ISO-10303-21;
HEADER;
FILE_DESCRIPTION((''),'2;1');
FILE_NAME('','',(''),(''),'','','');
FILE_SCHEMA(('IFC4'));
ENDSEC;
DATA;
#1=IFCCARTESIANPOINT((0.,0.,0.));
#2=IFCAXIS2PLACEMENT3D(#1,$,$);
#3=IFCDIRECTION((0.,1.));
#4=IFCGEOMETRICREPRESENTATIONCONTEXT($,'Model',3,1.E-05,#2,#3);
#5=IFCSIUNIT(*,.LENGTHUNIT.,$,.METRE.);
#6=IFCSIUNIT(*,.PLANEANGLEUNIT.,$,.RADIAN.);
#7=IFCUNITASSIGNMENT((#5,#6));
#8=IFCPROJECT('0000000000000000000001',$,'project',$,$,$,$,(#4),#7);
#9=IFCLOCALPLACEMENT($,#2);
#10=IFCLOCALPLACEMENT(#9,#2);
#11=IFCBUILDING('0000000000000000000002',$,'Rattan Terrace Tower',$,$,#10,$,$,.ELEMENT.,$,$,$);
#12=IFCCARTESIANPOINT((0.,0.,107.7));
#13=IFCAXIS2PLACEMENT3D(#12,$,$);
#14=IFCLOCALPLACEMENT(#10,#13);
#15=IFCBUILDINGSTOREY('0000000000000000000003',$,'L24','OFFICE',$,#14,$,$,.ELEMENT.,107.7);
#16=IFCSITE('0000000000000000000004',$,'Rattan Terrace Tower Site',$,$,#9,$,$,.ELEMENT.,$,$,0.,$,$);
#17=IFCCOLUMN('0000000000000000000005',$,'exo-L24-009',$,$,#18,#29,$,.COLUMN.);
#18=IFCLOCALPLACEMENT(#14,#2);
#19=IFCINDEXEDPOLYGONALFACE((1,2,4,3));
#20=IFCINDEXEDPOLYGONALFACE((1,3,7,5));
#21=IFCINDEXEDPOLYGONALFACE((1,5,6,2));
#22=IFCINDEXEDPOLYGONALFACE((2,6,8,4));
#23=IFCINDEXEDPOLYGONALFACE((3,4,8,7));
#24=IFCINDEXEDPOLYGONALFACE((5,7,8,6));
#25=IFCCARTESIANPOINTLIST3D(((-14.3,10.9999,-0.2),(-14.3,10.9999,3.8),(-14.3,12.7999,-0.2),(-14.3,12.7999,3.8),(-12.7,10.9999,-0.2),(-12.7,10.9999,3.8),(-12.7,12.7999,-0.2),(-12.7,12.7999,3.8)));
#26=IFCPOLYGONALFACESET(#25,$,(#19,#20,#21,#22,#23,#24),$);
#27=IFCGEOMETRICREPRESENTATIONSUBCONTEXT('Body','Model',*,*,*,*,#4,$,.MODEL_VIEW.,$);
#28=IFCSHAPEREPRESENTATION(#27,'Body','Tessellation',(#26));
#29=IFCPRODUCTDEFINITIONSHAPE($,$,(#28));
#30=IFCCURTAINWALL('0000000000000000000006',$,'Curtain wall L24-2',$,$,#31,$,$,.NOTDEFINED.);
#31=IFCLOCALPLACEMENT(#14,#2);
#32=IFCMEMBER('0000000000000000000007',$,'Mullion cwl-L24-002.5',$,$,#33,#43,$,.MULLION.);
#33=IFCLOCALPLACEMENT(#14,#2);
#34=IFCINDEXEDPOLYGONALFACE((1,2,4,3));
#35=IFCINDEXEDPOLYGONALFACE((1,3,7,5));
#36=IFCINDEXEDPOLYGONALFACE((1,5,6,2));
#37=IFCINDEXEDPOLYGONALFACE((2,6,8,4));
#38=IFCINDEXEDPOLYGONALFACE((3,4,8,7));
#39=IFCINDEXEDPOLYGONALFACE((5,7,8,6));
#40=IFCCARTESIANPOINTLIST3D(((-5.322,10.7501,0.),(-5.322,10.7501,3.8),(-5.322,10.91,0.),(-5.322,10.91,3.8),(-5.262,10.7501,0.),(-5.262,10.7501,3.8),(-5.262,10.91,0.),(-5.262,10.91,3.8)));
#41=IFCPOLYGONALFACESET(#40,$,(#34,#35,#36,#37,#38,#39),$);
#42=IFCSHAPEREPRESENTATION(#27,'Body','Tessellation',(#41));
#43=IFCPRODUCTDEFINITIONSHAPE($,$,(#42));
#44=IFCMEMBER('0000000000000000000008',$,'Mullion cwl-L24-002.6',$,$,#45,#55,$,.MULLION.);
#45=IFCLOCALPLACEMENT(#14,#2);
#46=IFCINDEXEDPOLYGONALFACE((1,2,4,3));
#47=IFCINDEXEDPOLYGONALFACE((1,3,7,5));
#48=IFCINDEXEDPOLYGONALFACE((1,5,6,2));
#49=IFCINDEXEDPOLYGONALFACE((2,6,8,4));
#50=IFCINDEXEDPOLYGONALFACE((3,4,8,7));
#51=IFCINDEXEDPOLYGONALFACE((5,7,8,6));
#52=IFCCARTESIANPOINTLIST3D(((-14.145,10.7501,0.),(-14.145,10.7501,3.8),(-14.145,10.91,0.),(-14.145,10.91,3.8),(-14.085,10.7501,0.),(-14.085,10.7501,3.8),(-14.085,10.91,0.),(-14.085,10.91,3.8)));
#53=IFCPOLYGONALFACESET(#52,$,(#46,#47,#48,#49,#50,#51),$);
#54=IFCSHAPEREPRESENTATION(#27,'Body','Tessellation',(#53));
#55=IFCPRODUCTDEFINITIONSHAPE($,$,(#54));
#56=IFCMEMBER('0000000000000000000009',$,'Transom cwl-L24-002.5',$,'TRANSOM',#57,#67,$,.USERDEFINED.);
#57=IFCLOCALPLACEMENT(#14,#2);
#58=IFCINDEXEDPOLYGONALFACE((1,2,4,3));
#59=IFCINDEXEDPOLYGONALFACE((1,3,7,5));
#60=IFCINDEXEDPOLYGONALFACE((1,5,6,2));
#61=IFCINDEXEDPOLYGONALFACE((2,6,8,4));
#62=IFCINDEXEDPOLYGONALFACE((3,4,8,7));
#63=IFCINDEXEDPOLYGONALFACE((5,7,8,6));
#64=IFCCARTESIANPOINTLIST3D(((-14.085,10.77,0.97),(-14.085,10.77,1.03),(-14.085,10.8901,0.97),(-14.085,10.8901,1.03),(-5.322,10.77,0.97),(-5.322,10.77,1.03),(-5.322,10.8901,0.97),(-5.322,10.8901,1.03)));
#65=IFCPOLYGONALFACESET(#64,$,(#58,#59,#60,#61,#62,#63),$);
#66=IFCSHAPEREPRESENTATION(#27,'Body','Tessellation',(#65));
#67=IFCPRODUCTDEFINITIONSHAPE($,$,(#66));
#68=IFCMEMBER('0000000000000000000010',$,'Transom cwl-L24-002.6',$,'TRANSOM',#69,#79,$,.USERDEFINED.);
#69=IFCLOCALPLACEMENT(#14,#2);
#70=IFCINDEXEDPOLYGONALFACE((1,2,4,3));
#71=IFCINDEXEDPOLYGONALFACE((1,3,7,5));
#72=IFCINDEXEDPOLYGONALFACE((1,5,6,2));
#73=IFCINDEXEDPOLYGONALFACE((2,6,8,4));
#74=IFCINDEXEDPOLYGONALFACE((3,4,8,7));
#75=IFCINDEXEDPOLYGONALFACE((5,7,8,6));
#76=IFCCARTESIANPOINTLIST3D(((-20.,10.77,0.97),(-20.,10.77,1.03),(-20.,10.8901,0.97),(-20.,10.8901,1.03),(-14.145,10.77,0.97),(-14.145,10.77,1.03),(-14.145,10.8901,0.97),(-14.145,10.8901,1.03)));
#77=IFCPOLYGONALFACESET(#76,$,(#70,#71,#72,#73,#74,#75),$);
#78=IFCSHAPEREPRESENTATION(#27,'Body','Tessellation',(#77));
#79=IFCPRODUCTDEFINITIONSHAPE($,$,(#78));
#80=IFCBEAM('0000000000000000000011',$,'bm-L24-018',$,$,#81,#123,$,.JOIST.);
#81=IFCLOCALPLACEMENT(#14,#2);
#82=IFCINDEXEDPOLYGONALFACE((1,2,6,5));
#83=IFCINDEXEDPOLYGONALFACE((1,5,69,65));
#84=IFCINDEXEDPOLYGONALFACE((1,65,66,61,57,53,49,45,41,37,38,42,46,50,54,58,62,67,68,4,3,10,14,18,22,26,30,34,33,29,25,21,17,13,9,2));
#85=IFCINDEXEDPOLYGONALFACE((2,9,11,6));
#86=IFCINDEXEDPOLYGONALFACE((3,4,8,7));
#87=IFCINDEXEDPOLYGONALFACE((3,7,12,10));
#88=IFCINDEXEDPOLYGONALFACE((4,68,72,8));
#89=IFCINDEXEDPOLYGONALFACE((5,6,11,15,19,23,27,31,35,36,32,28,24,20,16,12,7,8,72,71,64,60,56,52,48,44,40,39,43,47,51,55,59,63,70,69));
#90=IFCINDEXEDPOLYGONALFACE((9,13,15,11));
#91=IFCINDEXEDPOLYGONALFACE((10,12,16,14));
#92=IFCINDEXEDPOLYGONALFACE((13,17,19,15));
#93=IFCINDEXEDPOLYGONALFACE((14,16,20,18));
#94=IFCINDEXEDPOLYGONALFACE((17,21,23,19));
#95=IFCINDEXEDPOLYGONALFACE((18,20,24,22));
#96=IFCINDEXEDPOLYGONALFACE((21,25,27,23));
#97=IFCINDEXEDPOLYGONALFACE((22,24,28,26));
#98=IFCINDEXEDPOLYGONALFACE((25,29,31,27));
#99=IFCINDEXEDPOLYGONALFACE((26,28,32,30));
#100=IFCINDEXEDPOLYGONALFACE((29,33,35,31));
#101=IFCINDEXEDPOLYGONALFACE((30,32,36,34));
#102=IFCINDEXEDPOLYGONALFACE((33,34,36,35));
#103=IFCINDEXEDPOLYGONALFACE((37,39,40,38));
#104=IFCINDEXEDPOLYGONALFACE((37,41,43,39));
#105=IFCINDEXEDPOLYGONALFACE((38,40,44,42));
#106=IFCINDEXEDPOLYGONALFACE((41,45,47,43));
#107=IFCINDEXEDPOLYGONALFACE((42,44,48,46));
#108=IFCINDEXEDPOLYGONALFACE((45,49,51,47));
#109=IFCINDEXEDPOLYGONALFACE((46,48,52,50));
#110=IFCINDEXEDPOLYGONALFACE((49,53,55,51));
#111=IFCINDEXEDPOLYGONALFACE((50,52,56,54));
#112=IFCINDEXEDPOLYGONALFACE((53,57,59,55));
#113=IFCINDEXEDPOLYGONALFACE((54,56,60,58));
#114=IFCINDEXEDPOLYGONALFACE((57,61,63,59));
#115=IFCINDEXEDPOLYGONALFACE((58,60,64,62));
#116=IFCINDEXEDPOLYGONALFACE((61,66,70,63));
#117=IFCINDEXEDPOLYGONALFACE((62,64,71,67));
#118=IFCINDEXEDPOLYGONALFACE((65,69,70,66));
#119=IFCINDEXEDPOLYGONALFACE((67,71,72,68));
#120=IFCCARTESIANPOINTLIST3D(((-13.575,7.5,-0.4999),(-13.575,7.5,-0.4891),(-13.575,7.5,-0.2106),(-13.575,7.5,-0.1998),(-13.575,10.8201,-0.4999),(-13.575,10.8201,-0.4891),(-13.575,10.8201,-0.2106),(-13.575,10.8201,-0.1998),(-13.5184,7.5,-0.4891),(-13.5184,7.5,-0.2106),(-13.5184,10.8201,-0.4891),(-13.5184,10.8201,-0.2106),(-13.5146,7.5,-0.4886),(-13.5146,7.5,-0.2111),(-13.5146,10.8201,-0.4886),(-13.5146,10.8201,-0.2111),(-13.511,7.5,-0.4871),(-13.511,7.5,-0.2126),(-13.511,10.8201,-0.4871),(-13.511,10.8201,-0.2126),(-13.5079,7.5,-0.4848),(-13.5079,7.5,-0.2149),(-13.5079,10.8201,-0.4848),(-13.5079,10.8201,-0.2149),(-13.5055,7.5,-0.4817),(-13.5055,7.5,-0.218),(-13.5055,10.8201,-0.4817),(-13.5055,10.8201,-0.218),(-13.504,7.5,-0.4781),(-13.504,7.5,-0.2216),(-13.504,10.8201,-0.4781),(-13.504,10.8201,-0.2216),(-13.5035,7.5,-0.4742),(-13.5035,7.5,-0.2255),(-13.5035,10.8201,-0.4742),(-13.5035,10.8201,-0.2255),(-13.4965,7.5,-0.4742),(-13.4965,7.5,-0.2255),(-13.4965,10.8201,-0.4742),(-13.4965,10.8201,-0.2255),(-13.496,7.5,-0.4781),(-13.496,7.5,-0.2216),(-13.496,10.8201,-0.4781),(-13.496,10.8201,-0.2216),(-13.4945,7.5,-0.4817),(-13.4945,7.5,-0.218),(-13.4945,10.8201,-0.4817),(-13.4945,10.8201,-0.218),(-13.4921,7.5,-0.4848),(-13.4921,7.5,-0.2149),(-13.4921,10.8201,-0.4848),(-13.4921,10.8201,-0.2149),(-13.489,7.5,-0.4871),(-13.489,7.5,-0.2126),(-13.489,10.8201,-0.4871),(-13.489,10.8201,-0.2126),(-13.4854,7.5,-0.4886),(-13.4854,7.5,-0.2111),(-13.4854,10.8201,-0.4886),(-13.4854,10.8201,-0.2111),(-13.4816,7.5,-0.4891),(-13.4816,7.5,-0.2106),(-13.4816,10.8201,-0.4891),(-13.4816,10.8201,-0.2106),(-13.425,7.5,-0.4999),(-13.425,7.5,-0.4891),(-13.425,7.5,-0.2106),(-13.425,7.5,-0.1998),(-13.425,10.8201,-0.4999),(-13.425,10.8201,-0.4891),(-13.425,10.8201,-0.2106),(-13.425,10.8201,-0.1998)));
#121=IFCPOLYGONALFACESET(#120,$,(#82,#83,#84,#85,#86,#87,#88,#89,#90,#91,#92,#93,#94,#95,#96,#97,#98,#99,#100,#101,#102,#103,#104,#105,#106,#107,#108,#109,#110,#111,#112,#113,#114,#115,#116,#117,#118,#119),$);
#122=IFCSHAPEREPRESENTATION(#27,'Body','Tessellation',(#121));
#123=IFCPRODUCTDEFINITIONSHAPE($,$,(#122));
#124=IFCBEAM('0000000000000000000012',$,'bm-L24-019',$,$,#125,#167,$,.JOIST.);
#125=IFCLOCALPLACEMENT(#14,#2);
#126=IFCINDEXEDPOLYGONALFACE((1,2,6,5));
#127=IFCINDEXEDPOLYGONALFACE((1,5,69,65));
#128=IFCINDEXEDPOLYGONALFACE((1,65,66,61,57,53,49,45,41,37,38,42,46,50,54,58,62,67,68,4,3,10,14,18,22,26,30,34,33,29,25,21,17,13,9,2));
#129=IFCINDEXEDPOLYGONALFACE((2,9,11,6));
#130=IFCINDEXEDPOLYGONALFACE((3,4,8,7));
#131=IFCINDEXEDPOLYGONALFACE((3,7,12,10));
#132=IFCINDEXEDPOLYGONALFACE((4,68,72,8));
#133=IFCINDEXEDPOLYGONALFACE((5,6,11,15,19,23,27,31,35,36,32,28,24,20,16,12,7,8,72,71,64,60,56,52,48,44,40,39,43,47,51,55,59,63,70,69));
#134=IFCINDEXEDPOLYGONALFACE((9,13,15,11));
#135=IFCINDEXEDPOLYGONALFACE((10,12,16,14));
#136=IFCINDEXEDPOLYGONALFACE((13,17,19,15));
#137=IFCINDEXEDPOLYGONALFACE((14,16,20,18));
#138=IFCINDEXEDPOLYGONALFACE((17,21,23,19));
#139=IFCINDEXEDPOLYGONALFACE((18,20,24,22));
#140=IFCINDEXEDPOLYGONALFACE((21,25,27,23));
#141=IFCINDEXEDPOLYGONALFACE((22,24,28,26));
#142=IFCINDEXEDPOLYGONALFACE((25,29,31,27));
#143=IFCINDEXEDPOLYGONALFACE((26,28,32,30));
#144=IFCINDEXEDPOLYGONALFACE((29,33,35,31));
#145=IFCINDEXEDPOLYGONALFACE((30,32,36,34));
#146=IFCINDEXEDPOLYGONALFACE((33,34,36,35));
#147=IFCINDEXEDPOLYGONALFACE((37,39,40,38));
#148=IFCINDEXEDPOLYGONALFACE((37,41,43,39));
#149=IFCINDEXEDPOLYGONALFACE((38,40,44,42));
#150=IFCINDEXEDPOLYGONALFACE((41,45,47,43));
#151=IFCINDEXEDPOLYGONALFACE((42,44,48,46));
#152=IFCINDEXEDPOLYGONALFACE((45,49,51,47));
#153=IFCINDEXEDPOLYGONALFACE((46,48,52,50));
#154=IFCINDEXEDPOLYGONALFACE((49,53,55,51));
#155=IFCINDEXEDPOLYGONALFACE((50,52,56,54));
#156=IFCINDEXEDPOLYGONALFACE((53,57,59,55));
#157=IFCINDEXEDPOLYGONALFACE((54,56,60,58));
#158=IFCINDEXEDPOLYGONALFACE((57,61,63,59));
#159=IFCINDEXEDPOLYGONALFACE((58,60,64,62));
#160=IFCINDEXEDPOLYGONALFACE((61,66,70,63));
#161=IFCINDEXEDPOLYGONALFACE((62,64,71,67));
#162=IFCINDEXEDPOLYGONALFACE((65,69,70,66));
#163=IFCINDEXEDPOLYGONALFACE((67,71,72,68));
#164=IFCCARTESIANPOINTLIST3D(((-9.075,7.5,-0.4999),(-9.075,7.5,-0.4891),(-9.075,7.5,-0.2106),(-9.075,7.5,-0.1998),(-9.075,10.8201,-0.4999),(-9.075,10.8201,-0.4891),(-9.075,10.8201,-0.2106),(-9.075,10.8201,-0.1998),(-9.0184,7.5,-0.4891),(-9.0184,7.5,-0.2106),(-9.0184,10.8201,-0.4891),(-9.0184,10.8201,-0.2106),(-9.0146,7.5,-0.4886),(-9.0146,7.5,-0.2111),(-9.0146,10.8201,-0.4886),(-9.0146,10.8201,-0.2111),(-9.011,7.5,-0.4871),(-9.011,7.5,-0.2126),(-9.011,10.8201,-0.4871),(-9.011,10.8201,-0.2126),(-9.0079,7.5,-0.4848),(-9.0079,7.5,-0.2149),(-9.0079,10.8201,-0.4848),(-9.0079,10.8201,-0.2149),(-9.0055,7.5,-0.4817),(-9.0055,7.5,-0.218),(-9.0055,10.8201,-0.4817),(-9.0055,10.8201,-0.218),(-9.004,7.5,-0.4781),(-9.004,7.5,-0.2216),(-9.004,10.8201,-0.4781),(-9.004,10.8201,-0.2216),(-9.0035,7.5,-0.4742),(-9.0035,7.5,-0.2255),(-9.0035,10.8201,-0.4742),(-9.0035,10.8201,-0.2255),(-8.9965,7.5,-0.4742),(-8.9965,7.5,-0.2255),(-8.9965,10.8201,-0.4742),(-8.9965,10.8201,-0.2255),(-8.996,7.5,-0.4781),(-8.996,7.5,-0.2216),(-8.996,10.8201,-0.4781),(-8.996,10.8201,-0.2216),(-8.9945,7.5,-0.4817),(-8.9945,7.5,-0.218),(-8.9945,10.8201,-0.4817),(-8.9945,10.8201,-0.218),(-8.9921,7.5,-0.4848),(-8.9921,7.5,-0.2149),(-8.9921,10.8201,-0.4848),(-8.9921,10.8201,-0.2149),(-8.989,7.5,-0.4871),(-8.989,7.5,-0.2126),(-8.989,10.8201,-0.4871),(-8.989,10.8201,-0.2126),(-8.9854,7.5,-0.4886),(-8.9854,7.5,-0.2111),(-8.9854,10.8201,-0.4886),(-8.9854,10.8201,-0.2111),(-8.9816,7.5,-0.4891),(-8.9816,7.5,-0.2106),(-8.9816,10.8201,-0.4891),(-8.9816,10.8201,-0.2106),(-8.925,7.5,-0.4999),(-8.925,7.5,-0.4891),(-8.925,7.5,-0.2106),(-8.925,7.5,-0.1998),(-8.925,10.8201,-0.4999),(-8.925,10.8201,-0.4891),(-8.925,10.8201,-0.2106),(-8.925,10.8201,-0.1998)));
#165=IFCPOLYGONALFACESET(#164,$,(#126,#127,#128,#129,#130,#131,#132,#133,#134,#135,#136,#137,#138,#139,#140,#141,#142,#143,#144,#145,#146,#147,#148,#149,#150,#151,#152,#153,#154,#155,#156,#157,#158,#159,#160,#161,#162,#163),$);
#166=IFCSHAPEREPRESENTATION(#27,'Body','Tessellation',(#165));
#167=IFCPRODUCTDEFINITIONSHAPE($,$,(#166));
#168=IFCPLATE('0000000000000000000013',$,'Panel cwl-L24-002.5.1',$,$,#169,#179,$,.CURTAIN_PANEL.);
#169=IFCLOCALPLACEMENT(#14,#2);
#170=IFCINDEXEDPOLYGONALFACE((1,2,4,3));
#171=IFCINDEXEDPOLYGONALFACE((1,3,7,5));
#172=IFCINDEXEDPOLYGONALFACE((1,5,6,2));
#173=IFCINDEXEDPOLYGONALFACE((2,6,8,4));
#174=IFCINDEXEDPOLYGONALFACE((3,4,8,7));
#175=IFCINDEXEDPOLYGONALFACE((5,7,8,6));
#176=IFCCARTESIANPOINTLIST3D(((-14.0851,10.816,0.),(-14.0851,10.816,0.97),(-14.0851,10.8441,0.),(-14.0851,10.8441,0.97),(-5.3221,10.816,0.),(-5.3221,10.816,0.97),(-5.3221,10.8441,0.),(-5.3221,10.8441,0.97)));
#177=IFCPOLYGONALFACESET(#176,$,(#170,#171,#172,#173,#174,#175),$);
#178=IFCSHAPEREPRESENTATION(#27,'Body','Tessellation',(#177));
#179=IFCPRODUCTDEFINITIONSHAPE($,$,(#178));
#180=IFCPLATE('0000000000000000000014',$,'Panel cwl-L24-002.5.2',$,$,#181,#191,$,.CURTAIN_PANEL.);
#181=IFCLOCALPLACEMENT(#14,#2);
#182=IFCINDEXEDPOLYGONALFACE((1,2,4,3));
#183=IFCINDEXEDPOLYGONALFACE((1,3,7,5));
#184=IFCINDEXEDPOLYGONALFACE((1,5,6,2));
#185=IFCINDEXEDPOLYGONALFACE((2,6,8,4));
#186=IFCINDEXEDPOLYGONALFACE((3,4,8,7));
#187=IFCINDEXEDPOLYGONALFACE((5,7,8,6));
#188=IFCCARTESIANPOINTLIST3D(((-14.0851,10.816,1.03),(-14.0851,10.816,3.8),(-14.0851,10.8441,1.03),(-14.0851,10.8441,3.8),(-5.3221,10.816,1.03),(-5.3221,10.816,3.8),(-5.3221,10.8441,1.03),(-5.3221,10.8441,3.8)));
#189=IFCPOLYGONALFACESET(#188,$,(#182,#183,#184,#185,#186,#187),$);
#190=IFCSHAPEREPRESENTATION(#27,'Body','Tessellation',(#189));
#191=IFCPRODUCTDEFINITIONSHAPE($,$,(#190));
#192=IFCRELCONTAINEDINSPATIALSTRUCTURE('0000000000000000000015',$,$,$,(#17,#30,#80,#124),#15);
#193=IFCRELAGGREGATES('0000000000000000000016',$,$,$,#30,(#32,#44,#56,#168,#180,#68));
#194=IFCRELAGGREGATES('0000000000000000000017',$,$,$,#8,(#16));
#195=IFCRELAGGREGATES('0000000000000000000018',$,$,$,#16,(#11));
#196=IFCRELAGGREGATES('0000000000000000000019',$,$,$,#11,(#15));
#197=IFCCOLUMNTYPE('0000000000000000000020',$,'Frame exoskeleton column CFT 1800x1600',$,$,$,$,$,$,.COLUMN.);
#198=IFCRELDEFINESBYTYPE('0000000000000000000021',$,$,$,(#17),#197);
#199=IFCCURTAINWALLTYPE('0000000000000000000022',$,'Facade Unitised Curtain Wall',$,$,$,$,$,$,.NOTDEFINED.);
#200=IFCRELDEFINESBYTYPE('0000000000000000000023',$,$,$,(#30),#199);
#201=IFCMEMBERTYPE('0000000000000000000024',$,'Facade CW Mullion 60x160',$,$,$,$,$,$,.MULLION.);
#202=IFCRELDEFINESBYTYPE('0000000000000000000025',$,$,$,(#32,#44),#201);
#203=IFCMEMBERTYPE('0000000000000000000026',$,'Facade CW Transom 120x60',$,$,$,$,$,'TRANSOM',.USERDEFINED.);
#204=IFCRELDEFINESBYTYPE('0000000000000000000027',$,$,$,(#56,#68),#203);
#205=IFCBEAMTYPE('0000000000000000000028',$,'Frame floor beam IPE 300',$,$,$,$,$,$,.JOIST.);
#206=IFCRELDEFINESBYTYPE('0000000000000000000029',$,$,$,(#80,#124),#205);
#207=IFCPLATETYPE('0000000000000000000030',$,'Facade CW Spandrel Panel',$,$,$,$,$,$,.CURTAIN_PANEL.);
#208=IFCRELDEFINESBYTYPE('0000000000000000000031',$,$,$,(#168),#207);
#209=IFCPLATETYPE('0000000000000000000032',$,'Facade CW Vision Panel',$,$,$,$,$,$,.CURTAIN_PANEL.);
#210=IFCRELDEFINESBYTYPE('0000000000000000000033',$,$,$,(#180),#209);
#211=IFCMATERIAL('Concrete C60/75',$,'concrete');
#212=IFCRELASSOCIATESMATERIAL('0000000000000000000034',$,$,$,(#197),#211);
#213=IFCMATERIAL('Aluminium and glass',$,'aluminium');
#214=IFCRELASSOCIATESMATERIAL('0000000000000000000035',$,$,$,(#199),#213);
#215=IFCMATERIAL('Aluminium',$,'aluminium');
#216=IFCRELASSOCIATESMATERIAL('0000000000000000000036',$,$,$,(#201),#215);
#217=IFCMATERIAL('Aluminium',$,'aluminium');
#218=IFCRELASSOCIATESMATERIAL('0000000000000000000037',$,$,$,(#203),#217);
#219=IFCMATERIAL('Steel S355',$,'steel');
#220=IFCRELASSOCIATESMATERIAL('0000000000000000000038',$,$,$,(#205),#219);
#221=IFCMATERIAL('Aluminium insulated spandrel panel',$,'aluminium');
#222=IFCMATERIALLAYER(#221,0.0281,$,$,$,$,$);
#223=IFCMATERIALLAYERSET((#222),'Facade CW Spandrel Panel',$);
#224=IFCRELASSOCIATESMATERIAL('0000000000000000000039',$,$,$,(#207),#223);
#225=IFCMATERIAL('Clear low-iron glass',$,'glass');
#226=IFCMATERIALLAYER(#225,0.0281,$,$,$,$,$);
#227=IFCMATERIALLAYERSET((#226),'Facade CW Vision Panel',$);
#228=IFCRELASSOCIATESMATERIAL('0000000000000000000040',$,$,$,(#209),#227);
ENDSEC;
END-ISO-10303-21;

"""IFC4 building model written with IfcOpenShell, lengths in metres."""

from ifc_helpers import new_model, si_unit, direction, frame, origin, origin_2d, place, context, subcontext, project, spatial, rectangle, i_section, extrude, material, layer, layer_set, material_profile, profile_set, type_object, element, aggregate, save


model = new_model("IFC4")

# Units and contexts
model_context = context("Model", 3, precision=1e-05, world=origin(), true_north=direction((0.0, 1.0)))
body_context = subcontext(model_context, "Body", "Model", "MODEL_VIEW")
ifc_project = project(units=[si_unit("LENGTHUNIT", "METRE"), si_unit("PLANEANGLEUNIT", "RADIAN")], contexts=[model_context])

# Site, building, storey
site_placement = place(None, origin())
site = spatial("IfcSite", under=ifc_project, at=site_placement, Name="Rattan Terrace Tower Site", CompositionType="ELEMENT", RefElevation=0.0)
building_placement = place(site_placement, origin())
building = spatial("IfcBuilding", under=site, at=building_placement, Name="Rattan Terrace Tower", CompositionType="ELEMENT")
storey_placement = place(building_placement, frame((0.0, 0.0, 107.7)))
storey = spatial("IfcBuildingStorey", under=building, at=storey_placement, Name="L24", Description="OFFICE", CompositionType="ELEMENT", Elevation=107.7)

# Column
ifc_material_1 = material(Name="Concrete C60/75", Category="concrete")
ifc_material_profile_1 = material_profile(ifc_material_1, rectangle(XDim=1.6001, YDim=1.8, at=origin_2d()), Name="CFT 1800x1600")
ifc_profile_set_1 = profile_set([ifc_material_profile_1], Name="Concrete C60/75")
column_type = type_object("IfcColumnType", Name="Frame exoskeleton column CFT 1800x1600", PredefinedType="COLUMN", material=ifc_profile_set_1)
column_placement = place(storey_placement, frame((-13.5, 11.8999, -0.2), z_axis=(0.0, 0.0, 1.0), x_axis=(1.0, 0.0, 0.0)))
element("IfcColumn", 1, at=column_placement, inside=storey, type_object=column_type, Name="exo-L24-009", PredefinedType="COLUMN", context=body_context, shape_type="SweptSolid", body=[
    extrude(rectangle(XDim=1.6001, YDim=1.8, at=origin_2d()), origin(), (0.0, 0.0, 1.0), 4.0),
])

# Curtain wall, members
ifc_material_2 = material(Name="Aluminium and glass", Category="aluminium")
curtain_wall_type = type_object("IfcCurtainWallType", Name="Facade Unitised Curtain Wall", PredefinedType="NOTDEFINED", material=ifc_material_2)
curtain_wall_placement = place(storey_placement, origin())
curtain_wall = element("IfcCurtainWall", 2, at=curtain_wall_placement, inside=storey, type_object=curtain_wall_type, Name="Curtain wall L24-2", PredefinedType="NOTDEFINED")
ifc_material_3 = material(Name="Aluminium", Category="aluminium")
ifc_material_profile_2 = material_profile(ifc_material_3, rectangle(XDim=0.0601, YDim=0.1599, at=origin_2d()), Name="Aluminium 60x160")
ifc_profile_set_2 = profile_set([ifc_material_profile_2], Name="Aluminium")
member_type_1 = type_object("IfcMemberType", Name="Facade CW Mullion 60x160", PredefinedType="MULLION", material=ifc_profile_set_2)
member_1_placement = place(storey_placement, frame((-5.292, 10.8301, 0.0), z_axis=(0.0, 0.0, 1.0), x_axis=(-1.0, 0.0, 0.0)))
member_1 = element("IfcMember", 3, at=member_1_placement, type_object=member_type_1, Name="Mullion cwl-L24-002.5", PredefinedType="MULLION", context=body_context, shape_type="SweptSolid", body=[
    extrude(rectangle(XDim=0.0601, YDim=0.1599, at=origin_2d()), origin(), (0.0, 0.0, 1.0), 3.8),
])
member_2_placement = place(storey_placement, frame((-14.115, 10.8301, 0.0), z_axis=(0.0, 0.0, 1.0), x_axis=(-1.0, 0.0, 0.0)))
member_2 = element("IfcMember", 4, at=member_2_placement, type_object=member_type_1, Name="Mullion cwl-L24-002.6", PredefinedType="MULLION", context=body_context, shape_type="SweptSolid", body=[
    extrude(rectangle(XDim=0.0601, YDim=0.1599, at=origin_2d()), origin(), (0.0, 0.0, 1.0), 3.8),
])
ifc_material_4 = material(Name="Aluminium", Category="aluminium")
ifc_material_profile_3 = material_profile(ifc_material_4, rectangle(XDim=0.1201, YDim=0.0601, at=origin_2d()), Name="Aluminium 120x60")
ifc_profile_set_3 = profile_set([ifc_material_profile_3], Name="Aluminium")
member_type_2 = type_object("IfcMemberType", Name="Facade CW Transom 120x60", ElementType="TRANSOM", PredefinedType="USERDEFINED", material=ifc_profile_set_3)
member_3_placement = place(storey_placement, frame((-5.322, 10.8301, 1.0), z_axis=(-1.0, 0.0, 0.0), x_axis=(0.0, -1.0, 0.0)))
member_3 = element("IfcMember", 5, at=member_3_placement, type_object=member_type_2, Name="Transom cwl-L24-002.5", ObjectType="TRANSOM", PredefinedType="USERDEFINED", context=body_context, shape_type="SweptSolid", body=[
    extrude(rectangle(XDim=0.1201, YDim=0.0601, at=origin_2d()), origin(), (0.0, 0.0, 1.0), 8.7629),
])
member_4_placement = place(storey_placement, frame((-14.145, 10.8301, 1.0), z_axis=(-1.0, 0.0, 0.0), x_axis=(0.0, -1.0, 0.0)))
member_4 = element("IfcMember", 6, at=member_4_placement, type_object=member_type_2, Name="Transom cwl-L24-002.6", ObjectType="TRANSOM", PredefinedType="USERDEFINED", context=body_context, shape_type="SweptSolid", body=[
    extrude(rectangle(XDim=0.1201, YDim=0.0601, at=origin_2d()), origin(), (0.0, 0.0, 1.0), 5.855),
])

# Beams
ifc_material_5 = material(Name="Steel S355", Category="steel")
ifc_material_profile_4 = material_profile(ifc_material_5, i_section(OverallWidth=0.1499, OverallDepth=0.3, WebThickness=0.0071, FlangeThickness=0.0107, FilletRadius=0.0149, at=origin_2d()), Name="IPE 300")
ifc_profile_set_4 = profile_set([ifc_material_profile_4], Name="Steel S355")
beam_type = type_object("IfcBeamType", Name="Frame floor beam IPE 300", PredefinedType="JOIST", material=ifc_profile_set_4)
for number, where, z_axis, x_axis, name in (
    (7, (-13.5, 7.5, -0.3499), (0.0, 1.0, 0.0), (-1.0, 0.0, 0.0), "bm-L24-018"),
    (8, (-9.0, 7.5, -0.3499), (0.0, 1.0, 0.0), (-1.0, 0.0, 0.0), "bm-L24-019"),
):
    element("IfcBeam", number, at=place(storey_placement, frame(where, z_axis=z_axis, x_axis=x_axis)), inside=storey, type_object=beam_type, Name=name, PredefinedType="JOIST", context=body_context, shape_type="SweptSolid", body=[
        extrude(i_section(OverallWidth=0.1499, OverallDepth=0.3, WebThickness=0.0071, FlangeThickness=0.0107, FilletRadius=0.0149, at=origin_2d()), origin(), (0.0, 0.0, 1.0), 3.3201),
    ])

# Plates
ifc_material_6 = material(Name="Aluminium insulated spandrel panel", Category="aluminium")
ifc_layer_1 = layer(ifc_material_6, 0.0281)
ifc_layer_set_1 = layer_set([ifc_layer_1], Name="Facade CW Spandrel Panel")
plate_type_1 = type_object("IfcPlateType", Name="Facade CW Spandrel Panel", PredefinedType="CURTAIN_PANEL", material=ifc_layer_set_1)
plate_1_placement = place(storey_placement, frame((-9.7036, 10.8301, 0.0), z_axis=(0.0, 0.0, 1.0), x_axis=(-1.0, 0.0, 0.0)))
plate_1 = element("IfcPlate", 9, at=plate_1_placement, type_object=plate_type_1, Name="Panel cwl-L24-002.5.1", PredefinedType="CURTAIN_PANEL", context=body_context, shape_type="SweptSolid", body=[
    extrude(rectangle(XDim=8.7629, YDim=0.0281, at=origin_2d()), origin(), (0.0, 0.0, 1.0), 0.97),
])
ifc_material_7 = material(Name="Clear low-iron glass", Category="glass")
ifc_layer_2 = layer(ifc_material_7, 0.0281)
ifc_layer_set_2 = layer_set([ifc_layer_2], Name="Facade CW Vision Panel")
plate_type_2 = type_object("IfcPlateType", Name="Facade CW Vision Panel", PredefinedType="CURTAIN_PANEL", material=ifc_layer_set_2)
plate_2_placement = place(storey_placement, frame((-9.7036, 10.8301, 1.03), z_axis=(0.0, 0.0, 1.0), x_axis=(-1.0, 0.0, 0.0)))
plate_2 = element("IfcPlate", 10, at=plate_2_placement, type_object=plate_type_2, Name="Panel cwl-L24-002.5.2", PredefinedType="CURTAIN_PANEL", context=body_context, shape_type="SweptSolid", body=[
    extrude(rectangle(XDim=8.7629, YDim=0.0281, at=origin_2d()), origin(), (0.0, 0.0, 1.0), 2.77),
])
aggregate(curtain_wall, [member_1, member_2, member_3, plate_1, plate_2, member_4])

save(model, "model.ifc")
